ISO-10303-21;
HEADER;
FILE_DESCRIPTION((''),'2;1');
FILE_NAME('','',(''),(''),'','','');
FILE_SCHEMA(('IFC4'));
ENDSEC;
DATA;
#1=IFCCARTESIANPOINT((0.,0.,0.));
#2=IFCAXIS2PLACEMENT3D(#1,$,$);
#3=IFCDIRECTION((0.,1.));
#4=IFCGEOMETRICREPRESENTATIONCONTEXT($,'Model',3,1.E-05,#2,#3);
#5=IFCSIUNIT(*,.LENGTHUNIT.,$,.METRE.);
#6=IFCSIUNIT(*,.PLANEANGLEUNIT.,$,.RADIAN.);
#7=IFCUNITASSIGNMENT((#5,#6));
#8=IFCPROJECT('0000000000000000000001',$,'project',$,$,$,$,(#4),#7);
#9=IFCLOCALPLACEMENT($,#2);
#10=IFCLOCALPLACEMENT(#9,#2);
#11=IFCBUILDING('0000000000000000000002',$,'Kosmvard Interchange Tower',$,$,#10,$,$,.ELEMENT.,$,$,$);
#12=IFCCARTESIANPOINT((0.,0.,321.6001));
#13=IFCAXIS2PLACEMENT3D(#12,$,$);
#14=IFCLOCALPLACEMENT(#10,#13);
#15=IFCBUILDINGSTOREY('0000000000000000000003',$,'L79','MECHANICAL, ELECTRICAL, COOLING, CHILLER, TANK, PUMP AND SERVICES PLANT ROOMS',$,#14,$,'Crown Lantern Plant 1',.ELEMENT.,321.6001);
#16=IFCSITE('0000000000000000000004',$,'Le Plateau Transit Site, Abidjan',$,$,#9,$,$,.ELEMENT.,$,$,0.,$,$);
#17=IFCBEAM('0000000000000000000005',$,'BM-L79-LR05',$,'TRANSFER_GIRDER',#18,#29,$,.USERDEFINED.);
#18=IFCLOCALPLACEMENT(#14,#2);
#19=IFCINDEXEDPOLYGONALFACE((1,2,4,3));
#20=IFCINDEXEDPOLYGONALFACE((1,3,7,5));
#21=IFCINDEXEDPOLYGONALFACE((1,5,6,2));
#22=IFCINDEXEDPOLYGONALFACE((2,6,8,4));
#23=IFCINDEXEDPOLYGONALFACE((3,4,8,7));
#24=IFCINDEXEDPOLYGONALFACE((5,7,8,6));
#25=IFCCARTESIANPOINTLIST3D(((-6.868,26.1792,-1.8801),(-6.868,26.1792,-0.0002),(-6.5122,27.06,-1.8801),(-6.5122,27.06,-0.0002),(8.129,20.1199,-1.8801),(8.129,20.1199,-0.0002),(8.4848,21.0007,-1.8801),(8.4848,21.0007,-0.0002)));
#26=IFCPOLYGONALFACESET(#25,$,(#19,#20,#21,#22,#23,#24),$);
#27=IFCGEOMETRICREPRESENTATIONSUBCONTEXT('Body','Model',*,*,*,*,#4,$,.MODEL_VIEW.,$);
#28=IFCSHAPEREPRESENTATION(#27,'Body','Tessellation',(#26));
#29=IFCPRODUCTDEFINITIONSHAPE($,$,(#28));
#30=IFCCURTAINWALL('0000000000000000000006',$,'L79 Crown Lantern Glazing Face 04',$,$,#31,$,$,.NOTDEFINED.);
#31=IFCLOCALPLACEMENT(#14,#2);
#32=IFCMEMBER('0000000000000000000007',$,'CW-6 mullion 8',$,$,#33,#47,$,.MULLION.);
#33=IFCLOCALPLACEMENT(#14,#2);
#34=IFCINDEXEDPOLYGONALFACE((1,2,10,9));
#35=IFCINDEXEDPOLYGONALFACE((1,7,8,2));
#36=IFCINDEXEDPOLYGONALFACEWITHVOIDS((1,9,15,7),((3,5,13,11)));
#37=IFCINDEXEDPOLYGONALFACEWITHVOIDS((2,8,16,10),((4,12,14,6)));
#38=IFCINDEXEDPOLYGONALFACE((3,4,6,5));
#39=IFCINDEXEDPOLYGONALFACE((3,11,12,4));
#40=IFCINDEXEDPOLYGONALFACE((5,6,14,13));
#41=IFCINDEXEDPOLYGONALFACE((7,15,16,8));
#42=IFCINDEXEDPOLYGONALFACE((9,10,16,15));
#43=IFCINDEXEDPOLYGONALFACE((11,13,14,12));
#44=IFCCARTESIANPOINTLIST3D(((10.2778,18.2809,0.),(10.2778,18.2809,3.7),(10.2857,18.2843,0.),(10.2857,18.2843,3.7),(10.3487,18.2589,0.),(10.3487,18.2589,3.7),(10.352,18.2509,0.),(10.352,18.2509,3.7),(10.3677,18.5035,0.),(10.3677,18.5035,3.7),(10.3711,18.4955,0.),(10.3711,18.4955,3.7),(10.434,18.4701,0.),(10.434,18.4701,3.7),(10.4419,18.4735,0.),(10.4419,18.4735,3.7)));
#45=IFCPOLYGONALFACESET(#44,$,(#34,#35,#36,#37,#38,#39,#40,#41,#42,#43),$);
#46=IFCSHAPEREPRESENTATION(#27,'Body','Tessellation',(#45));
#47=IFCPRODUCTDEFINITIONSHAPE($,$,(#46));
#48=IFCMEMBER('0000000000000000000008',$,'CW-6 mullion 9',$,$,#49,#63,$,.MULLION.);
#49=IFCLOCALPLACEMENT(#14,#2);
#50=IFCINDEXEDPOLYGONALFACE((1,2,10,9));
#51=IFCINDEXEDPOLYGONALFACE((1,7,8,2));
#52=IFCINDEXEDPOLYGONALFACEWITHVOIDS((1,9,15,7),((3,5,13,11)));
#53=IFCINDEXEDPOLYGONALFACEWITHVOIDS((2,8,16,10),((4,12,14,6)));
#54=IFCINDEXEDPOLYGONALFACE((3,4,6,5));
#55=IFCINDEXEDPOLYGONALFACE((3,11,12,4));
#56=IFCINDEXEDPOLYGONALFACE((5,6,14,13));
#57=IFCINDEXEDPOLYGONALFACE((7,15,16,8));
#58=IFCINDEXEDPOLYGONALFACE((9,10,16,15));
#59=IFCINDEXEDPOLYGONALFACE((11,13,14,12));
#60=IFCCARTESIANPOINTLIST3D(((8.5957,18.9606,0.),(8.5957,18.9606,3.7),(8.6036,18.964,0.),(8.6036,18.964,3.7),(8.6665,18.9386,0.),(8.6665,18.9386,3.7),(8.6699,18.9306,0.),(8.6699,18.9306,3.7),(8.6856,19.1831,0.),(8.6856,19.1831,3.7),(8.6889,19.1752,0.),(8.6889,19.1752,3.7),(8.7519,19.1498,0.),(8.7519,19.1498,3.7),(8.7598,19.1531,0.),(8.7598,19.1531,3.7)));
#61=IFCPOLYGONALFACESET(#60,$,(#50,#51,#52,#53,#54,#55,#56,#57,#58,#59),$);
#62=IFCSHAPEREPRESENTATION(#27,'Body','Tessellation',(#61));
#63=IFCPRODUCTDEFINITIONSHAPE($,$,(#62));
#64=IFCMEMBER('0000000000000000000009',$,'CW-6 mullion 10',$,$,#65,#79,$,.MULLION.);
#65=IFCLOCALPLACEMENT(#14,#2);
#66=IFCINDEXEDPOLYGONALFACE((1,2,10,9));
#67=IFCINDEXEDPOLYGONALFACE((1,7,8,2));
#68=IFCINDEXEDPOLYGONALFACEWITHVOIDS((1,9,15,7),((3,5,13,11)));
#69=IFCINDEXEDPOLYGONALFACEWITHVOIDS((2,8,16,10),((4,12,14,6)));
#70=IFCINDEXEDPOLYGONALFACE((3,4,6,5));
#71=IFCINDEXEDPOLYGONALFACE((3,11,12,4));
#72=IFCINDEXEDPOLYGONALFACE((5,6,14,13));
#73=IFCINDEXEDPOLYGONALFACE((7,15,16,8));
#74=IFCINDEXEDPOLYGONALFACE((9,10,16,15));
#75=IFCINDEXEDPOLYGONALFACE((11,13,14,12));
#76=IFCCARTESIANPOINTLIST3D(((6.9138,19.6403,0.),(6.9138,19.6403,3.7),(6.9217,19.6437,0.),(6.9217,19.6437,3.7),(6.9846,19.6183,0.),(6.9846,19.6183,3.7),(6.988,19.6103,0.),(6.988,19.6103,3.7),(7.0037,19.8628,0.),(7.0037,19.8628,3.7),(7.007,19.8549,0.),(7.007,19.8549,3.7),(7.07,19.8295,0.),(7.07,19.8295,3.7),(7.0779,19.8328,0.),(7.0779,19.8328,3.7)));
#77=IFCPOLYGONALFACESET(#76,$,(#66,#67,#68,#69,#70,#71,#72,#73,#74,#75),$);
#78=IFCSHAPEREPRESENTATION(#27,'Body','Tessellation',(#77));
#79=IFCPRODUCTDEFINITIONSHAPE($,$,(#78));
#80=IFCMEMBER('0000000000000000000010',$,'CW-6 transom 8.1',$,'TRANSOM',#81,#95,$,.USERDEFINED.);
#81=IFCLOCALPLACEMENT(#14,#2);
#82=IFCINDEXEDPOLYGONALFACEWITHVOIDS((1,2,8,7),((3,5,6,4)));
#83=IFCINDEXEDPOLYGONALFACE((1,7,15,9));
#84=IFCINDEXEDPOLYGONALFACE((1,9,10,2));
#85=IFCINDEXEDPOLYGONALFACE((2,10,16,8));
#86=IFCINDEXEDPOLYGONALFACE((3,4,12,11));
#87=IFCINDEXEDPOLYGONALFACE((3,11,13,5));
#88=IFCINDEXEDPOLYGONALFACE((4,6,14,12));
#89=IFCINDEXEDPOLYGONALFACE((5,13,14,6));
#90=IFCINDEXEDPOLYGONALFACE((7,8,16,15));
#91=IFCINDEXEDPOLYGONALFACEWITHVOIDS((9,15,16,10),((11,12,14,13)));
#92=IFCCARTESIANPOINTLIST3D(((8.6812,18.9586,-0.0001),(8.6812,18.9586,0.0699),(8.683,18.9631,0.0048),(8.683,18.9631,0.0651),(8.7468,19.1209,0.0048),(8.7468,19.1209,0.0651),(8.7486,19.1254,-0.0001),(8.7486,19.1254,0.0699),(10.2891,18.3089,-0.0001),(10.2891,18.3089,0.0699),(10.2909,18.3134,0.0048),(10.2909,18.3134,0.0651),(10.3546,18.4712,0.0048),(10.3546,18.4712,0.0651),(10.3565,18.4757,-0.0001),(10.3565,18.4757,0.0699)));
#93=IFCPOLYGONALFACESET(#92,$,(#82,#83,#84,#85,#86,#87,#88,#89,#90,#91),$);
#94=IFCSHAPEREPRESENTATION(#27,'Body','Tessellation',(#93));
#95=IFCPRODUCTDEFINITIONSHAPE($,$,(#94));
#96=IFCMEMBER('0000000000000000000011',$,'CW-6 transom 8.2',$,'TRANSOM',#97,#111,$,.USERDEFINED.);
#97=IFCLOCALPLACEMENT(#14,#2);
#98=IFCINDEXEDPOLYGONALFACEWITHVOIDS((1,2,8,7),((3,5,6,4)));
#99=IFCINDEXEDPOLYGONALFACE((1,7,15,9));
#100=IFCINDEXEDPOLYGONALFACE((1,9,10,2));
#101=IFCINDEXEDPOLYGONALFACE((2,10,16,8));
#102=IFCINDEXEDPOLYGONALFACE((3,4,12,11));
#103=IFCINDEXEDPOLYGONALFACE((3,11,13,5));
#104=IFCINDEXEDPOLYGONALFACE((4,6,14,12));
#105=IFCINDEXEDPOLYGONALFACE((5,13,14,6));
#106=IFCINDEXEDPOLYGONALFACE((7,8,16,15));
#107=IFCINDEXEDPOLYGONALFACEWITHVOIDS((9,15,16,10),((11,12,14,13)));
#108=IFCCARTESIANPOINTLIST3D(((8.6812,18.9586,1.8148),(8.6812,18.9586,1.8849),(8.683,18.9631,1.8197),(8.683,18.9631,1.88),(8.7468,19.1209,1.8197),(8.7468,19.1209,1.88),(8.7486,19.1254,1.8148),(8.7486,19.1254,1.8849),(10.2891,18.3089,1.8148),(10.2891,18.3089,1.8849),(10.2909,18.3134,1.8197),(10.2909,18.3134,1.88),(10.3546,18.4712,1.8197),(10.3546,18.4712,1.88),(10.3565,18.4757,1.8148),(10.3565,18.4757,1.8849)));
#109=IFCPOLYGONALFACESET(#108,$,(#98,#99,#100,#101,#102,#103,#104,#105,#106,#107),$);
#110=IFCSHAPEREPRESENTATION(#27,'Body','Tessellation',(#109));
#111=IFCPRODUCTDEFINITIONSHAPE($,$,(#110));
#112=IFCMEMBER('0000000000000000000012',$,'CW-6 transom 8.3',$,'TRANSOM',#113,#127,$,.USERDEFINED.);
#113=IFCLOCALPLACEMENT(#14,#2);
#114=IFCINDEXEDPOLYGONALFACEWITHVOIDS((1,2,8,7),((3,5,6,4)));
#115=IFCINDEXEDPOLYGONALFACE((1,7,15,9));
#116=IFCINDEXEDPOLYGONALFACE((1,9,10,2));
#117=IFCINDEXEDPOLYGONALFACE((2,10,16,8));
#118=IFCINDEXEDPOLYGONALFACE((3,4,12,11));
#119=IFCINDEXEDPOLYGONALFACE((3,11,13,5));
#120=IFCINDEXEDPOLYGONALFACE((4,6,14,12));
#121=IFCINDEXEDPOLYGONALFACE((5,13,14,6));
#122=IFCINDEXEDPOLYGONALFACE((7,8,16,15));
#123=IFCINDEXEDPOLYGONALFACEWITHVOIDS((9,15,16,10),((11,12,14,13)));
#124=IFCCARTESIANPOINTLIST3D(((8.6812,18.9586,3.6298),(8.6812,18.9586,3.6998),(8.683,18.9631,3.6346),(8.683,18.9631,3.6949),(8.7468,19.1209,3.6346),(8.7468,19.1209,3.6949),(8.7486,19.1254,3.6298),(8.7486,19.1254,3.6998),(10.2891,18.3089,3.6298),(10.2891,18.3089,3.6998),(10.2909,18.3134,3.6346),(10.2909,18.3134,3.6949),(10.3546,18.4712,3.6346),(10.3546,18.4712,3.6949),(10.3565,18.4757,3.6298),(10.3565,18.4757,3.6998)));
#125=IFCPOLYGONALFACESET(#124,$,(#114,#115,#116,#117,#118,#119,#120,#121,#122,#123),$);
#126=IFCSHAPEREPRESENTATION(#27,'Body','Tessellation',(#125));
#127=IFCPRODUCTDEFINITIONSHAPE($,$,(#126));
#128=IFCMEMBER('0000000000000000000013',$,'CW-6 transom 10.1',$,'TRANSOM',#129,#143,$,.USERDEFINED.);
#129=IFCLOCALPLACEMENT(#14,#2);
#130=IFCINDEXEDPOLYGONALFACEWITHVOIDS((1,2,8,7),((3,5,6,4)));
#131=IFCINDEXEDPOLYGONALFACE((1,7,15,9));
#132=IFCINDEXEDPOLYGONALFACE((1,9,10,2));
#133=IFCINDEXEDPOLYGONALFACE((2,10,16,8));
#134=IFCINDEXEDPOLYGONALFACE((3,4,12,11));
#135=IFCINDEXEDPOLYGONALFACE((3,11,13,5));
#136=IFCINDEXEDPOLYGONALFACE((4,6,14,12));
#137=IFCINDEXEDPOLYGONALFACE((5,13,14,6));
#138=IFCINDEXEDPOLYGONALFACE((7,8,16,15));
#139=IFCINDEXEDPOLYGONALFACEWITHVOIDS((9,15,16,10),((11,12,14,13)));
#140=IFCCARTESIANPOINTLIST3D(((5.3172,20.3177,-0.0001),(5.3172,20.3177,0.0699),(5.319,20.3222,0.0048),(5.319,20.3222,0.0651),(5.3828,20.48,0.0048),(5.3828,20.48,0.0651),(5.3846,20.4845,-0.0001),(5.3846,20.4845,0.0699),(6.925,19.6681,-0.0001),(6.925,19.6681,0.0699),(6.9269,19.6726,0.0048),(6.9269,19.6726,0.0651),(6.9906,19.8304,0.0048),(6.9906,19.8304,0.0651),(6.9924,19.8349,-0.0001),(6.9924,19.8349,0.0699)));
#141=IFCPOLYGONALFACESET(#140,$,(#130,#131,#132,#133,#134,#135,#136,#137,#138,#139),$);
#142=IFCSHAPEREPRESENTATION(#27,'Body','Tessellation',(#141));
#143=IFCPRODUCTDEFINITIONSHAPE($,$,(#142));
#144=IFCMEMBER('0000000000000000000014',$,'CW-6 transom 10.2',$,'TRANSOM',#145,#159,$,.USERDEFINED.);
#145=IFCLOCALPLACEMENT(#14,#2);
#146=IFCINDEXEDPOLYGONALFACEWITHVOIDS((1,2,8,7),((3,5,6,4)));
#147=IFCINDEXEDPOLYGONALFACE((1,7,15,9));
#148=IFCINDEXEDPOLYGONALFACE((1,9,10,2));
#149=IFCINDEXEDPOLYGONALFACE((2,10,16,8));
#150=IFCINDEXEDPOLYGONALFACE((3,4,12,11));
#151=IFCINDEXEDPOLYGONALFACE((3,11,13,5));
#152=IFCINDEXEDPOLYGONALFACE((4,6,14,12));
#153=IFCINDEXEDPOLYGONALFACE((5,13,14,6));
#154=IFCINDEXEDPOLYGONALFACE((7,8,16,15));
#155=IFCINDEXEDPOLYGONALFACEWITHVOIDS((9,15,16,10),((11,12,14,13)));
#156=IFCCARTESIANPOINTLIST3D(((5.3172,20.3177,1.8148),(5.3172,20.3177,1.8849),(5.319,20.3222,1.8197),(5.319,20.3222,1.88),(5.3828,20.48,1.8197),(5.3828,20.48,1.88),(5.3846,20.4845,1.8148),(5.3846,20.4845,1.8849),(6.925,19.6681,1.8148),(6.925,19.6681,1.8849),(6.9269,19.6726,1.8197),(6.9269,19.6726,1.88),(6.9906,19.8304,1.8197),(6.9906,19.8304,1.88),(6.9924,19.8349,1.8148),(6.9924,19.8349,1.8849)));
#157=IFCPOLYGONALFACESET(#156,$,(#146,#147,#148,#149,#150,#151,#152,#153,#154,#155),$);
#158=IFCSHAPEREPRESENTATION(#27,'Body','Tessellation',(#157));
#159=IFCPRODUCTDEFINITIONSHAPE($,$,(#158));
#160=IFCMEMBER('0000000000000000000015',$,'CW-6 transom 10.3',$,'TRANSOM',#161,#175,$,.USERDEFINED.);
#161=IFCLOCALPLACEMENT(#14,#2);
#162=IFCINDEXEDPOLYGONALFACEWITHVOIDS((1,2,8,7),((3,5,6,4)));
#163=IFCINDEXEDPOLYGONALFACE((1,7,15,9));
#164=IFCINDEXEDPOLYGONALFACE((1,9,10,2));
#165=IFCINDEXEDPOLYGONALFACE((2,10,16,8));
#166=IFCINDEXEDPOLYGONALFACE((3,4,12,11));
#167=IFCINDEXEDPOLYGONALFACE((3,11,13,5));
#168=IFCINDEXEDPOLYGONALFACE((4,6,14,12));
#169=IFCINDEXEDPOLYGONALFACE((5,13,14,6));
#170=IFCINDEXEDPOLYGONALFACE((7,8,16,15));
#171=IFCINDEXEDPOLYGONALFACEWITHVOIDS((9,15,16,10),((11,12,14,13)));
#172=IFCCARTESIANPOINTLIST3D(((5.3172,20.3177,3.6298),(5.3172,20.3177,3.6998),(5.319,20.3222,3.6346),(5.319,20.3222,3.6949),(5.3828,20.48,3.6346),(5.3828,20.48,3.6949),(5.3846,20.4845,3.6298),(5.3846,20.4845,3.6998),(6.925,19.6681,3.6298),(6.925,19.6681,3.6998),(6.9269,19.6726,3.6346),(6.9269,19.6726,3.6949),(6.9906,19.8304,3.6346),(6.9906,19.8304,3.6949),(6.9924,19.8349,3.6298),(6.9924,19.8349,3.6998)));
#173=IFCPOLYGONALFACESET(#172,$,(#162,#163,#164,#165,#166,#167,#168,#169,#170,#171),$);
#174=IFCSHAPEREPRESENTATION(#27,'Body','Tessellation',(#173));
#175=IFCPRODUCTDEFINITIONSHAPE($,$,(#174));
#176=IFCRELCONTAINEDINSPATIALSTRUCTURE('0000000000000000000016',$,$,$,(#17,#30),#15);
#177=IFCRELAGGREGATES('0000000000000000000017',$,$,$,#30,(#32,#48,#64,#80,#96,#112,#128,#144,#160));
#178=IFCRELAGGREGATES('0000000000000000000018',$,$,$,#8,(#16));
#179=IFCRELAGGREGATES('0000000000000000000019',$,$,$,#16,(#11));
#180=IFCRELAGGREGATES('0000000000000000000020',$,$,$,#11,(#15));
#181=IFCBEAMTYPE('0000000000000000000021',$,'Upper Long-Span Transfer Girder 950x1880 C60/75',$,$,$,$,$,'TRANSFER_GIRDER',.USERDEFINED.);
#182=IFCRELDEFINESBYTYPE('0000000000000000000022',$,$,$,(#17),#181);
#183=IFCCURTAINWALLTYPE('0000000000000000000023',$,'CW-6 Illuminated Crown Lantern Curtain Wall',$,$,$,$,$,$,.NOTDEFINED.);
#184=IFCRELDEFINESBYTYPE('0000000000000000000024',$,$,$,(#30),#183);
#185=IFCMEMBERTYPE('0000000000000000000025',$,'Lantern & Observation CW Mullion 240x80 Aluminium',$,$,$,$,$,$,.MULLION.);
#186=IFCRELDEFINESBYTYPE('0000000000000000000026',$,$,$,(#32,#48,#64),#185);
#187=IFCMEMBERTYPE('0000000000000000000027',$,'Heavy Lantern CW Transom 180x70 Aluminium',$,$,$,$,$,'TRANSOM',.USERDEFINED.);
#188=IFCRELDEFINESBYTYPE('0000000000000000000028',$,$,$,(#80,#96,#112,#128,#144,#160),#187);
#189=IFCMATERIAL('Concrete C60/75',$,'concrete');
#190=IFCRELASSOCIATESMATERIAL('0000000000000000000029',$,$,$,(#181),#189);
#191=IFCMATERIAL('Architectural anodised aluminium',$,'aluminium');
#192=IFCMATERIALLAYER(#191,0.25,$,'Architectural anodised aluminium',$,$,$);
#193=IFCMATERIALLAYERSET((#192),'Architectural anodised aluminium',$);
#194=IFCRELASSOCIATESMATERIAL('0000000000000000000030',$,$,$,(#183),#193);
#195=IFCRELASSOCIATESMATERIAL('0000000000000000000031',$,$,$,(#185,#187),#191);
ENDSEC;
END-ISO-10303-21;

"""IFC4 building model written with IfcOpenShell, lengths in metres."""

from ifc_helpers import new_model, si_unit, direction, frame, origin, origin_2d, place, context, subcontext, project, spatial, rectangle, hollow_rectangle, extrude, source, transform, mapped, material, layer, layer_set, material_profile, profile_set, type_object, element, aggregate, save


model = new_model("IFC4")

# Units and contexts
model_context = context("Model", 3, precision=1e-05, world=origin(), true_north=direction((0.0, 1.0)))
body_context = subcontext(model_context, "Body", "Model", "MODEL_VIEW")
ifc_project = project(units=[si_unit("LENGTHUNIT", "METRE"), si_unit("PLANEANGLEUNIT", "RADIAN")], contexts=[model_context])

# Site, building, storey
site_placement = place(None, origin())
site = spatial("IfcSite", under=ifc_project, at=site_placement, Name="Le Plateau Transit Site, Abidjan", CompositionType="ELEMENT", RefElevation=0.0)
building_placement = place(site_placement, origin())
building = spatial("IfcBuilding", under=site, at=building_placement, Name="Kosmvard Interchange Tower", CompositionType="ELEMENT")
storey_placement = place(building_placement, frame((0.0, 0.0, 321.6001)))
storey = spatial("IfcBuildingStorey", under=building, at=storey_placement, Name="L79", Description="MECHANICAL, ELECTRICAL, COOLING, CHILLER, TANK, PUMP AND SERVICES PLANT ROOMS", LongName="Crown Lantern Plant 1", CompositionType="ELEMENT", Elevation=321.6001)

# Beam
ifc_material_1 = material(Name="Concrete C60/75", Category="concrete")
ifc_material_profile_1 = material_profile(ifc_material_1, rectangle(XDim=0.95, YDim=1.8799, at=origin_2d()), Name="TG 950x1880")
ifc_profile_set_1 = profile_set([ifc_material_profile_1], Name="Concrete C60/75")
beam_type = type_object("IfcBeamType", Name="Upper Long-Span Transfer Girder 950x1880 C60/75", ElementType="TRANSFER_GIRDER", PredefinedType="USERDEFINED", material=ifc_profile_set_1)
shared_shape_1 = source(origin(), body_context, "Body", "SweptSolid", [
    extrude(rectangle(XDim=0.95, YDim=1.8799, at=origin_2d()), origin(), (0.0, 0.0, 1.0), 16.1748),
])
beam_placement = place(storey_placement, frame((8.3069, 20.5603, -0.9402), z_axis=(-0.927181, 0.374613, 0.0), x_axis=(-0.374613, -0.927181, 0.0)))
element("IfcBeam", 1, at=beam_placement, inside=storey, type_object=beam_type, Name="BM-L79-LR05", ObjectType="TRANSFER_GIRDER", PredefinedType="USERDEFINED", context=body_context, shape_type="MappedRepresentation", body=[
    mapped(shared_shape_1, transform((0.0, 0.0, 0.0), scale=1.0)),
])

# Curtain wall, members
ifc_material_2 = material(Name="Architectural anodised aluminium", Category="aluminium")
ifc_layer_1 = layer(ifc_material_2, 0.25, Name="Architectural anodised aluminium")
ifc_layer_set_1 = layer_set([ifc_layer_1], Name="Architectural anodised aluminium")
curtain_wall_type = type_object("IfcCurtainWallType", Name="CW-6 Illuminated Crown Lantern Curtain Wall", PredefinedType="NOTDEFINED", material=ifc_layer_set_1)
curtain_wall_placement = place(storey_placement, origin())
curtain_wall = element("IfcCurtainWall", 2, at=curtain_wall_placement, inside=storey, type_object=curtain_wall_type, Name="L79 Crown Lantern Glazing Face 04", PredefinedType="NOTDEFINED")
ifc_material_profile_2 = material_profile(ifc_material_2, hollow_rectangle(XDim=0.24, YDim=0.0801, WallThickness=0.0061, at=origin_2d()), Name="CWM 240x80x6")
ifc_profile_set_2 = profile_set([ifc_material_profile_2], Name="Architectural anodised aluminium")
member_type_1 = type_object("IfcMemberType", Name="Lantern & Observation CW Mullion 240x80 Aluminium", PredefinedType="MULLION", material=ifc_profile_set_2)
shared_shape_2 = source(origin(), body_context, "Body", "SweptSolid", [
    extrude(hollow_rectangle(XDim=0.24, YDim=0.0801, WallThickness=0.0061, at=origin_2d()), origin(), (0.0, 0.0, 1.0), 3.7),
])
member_1_placement = place(storey_placement, frame((10.3599, 18.3772, 0.0), z_axis=(0.0, 0.0, 1.0), x_axis=(-0.374607, -0.927184, 0.0)))
member_1 = element("IfcMember", 3, at=member_1_placement, type_object=member_type_1, Name="CW-6 mullion 8", PredefinedType="MULLION", context=body_context, shape_type="MappedRepresentation", body=[
    mapped(shared_shape_2, transform((0.0, 0.0, 0.0), scale=1.0)),
])
member_2_placement = place(storey_placement, frame((8.6777, 19.0569, 0.0), z_axis=(0.0, 0.0, 1.0), x_axis=(-0.374607, -0.927184, 0.0)))
member_2 = element("IfcMember", 4, at=member_2_placement, type_object=member_type_1, Name="CW-6 mullion 9", PredefinedType="MULLION", context=body_context, shape_type="MappedRepresentation", body=[
    mapped(shared_shape_2, transform((0.0, 0.0, 0.0), scale=1.0)),
])
member_3_placement = place(storey_placement, frame((6.9958, 19.7366, 0.0), z_axis=(0.0, 0.0, 1.0), x_axis=(-0.374607, -0.927184, 0.0)))
member_3 = element("IfcMember", 5, at=member_3_placement, type_object=member_type_1, Name="CW-6 mullion 10", PredefinedType="MULLION", context=body_context, shape_type="MappedRepresentation", body=[
    mapped(shared_shape_2, transform((0.0, 0.0, 0.0), scale=1.0)),
])
ifc_material_profile_3 = material_profile(ifc_material_2, hollow_rectangle(XDim=0.1799, YDim=0.0701, WallThickness=0.0049, at=origin_2d()), Name="CWT 180x70x5")
ifc_profile_set_3 = profile_set([ifc_material_profile_3], Name="Architectural anodised aluminium")
member_type_2 = type_object("IfcMemberType", Name="Heavy Lantern CW Transom 180x70 Aluminium", ElementType="TRANSOM", PredefinedType="USERDEFINED", material=ifc_profile_set_3)
shared_shape_3 = source(origin(), body_context, "Body", "SweptSolid", [
    extrude(hollow_rectangle(XDim=0.1799, YDim=0.0701, WallThickness=0.0049, at=origin_2d()), origin(), (0.0, 0.0, 1.0), 1.7341),
])
member_4_placement = place(storey_placement, frame((10.3228, 18.3923, 0.0349), z_axis=(-0.92718, 0.374617, 0.0), x_axis=(-0.374617, -0.92718, 0.0)))
member_4 = element("IfcMember", 6, at=member_4_placement, type_object=member_type_2, Name="CW-6 transom 8.1", ObjectType="TRANSOM", PredefinedType="USERDEFINED", context=body_context, shape_type="MappedRepresentation", body=[
    mapped(shared_shape_3, transform((0.0, 0.0, 0.0), scale=1.0)),
])
member_5_placement = place(storey_placement, frame((10.3228, 18.3923, 1.8499), z_axis=(-0.92718, 0.374617, 0.0), x_axis=(-0.374617, -0.92718, 0.0)))
member_5 = element("IfcMember", 7, at=member_5_placement, type_object=member_type_2, Name="CW-6 transom 8.2", ObjectType="TRANSOM", PredefinedType="USERDEFINED", context=body_context, shape_type="MappedRepresentation", body=[
    mapped(shared_shape_3, transform((0.0, 0.0, 0.0), scale=1.0)),
])
member_6_placement = place(storey_placement, frame((10.3228, 18.3923, 3.6648), z_axis=(-0.92718, 0.374617, 0.0), x_axis=(-0.374617, -0.92718, 0.0)))
member_6 = element("IfcMember", 8, at=member_6_placement, type_object=member_type_2, Name="CW-6 transom 8.3", ObjectType="TRANSOM", PredefinedType="USERDEFINED", context=body_context, shape_type="MappedRepresentation", body=[
    mapped(shared_shape_3, transform((0.0, 0.0, 0.0), scale=1.0)),
])
member_7_placement = place(storey_placement, frame((6.9587, 19.7515, 0.0349), z_axis=(-0.92718, 0.374617, 0.0), x_axis=(-0.374617, -0.92718, 0.0)))
member_7 = element("IfcMember", 9, at=member_7_placement, type_object=member_type_2, Name="CW-6 transom 10.1", ObjectType="TRANSOM", PredefinedType="USERDEFINED", context=body_context, shape_type="MappedRepresentation", body=[
    mapped(shared_shape_3, transform((0.0, 0.0, 0.0), scale=1.0)),
])
member_8_placement = place(storey_placement, frame((6.9587, 19.7515, 1.8499), z_axis=(-0.92718, 0.374617, 0.0), x_axis=(-0.374617, -0.92718, 0.0)))
member_8 = element("IfcMember", 10, at=member_8_placement, type_object=member_type_2, Name="CW-6 transom 10.2", ObjectType="TRANSOM", PredefinedType="USERDEFINED", context=body_context, shape_type="MappedRepresentation", body=[
    mapped(shared_shape_3, transform((0.0, 0.0, 0.0), scale=1.0)),
])
member_9_placement = place(storey_placement, frame((6.9587, 19.7515, 3.6648), z_axis=(-0.92718, 0.374617, 0.0), x_axis=(-0.374617, -0.92718, 0.0)))
member_9 = element("IfcMember", 11, at=member_9_placement, type_object=member_type_2, Name="CW-6 transom 10.3", ObjectType="TRANSOM", PredefinedType="USERDEFINED", context=body_context, shape_type="MappedRepresentation", body=[
    mapped(shared_shape_3, transform((0.0, 0.0, 0.0), scale=1.0)),
])
aggregate(curtain_wall, [member_1, member_2, member_3, member_4, member_5, member_6, member_7, member_8, member_9])

save(model, "model.ifc")
